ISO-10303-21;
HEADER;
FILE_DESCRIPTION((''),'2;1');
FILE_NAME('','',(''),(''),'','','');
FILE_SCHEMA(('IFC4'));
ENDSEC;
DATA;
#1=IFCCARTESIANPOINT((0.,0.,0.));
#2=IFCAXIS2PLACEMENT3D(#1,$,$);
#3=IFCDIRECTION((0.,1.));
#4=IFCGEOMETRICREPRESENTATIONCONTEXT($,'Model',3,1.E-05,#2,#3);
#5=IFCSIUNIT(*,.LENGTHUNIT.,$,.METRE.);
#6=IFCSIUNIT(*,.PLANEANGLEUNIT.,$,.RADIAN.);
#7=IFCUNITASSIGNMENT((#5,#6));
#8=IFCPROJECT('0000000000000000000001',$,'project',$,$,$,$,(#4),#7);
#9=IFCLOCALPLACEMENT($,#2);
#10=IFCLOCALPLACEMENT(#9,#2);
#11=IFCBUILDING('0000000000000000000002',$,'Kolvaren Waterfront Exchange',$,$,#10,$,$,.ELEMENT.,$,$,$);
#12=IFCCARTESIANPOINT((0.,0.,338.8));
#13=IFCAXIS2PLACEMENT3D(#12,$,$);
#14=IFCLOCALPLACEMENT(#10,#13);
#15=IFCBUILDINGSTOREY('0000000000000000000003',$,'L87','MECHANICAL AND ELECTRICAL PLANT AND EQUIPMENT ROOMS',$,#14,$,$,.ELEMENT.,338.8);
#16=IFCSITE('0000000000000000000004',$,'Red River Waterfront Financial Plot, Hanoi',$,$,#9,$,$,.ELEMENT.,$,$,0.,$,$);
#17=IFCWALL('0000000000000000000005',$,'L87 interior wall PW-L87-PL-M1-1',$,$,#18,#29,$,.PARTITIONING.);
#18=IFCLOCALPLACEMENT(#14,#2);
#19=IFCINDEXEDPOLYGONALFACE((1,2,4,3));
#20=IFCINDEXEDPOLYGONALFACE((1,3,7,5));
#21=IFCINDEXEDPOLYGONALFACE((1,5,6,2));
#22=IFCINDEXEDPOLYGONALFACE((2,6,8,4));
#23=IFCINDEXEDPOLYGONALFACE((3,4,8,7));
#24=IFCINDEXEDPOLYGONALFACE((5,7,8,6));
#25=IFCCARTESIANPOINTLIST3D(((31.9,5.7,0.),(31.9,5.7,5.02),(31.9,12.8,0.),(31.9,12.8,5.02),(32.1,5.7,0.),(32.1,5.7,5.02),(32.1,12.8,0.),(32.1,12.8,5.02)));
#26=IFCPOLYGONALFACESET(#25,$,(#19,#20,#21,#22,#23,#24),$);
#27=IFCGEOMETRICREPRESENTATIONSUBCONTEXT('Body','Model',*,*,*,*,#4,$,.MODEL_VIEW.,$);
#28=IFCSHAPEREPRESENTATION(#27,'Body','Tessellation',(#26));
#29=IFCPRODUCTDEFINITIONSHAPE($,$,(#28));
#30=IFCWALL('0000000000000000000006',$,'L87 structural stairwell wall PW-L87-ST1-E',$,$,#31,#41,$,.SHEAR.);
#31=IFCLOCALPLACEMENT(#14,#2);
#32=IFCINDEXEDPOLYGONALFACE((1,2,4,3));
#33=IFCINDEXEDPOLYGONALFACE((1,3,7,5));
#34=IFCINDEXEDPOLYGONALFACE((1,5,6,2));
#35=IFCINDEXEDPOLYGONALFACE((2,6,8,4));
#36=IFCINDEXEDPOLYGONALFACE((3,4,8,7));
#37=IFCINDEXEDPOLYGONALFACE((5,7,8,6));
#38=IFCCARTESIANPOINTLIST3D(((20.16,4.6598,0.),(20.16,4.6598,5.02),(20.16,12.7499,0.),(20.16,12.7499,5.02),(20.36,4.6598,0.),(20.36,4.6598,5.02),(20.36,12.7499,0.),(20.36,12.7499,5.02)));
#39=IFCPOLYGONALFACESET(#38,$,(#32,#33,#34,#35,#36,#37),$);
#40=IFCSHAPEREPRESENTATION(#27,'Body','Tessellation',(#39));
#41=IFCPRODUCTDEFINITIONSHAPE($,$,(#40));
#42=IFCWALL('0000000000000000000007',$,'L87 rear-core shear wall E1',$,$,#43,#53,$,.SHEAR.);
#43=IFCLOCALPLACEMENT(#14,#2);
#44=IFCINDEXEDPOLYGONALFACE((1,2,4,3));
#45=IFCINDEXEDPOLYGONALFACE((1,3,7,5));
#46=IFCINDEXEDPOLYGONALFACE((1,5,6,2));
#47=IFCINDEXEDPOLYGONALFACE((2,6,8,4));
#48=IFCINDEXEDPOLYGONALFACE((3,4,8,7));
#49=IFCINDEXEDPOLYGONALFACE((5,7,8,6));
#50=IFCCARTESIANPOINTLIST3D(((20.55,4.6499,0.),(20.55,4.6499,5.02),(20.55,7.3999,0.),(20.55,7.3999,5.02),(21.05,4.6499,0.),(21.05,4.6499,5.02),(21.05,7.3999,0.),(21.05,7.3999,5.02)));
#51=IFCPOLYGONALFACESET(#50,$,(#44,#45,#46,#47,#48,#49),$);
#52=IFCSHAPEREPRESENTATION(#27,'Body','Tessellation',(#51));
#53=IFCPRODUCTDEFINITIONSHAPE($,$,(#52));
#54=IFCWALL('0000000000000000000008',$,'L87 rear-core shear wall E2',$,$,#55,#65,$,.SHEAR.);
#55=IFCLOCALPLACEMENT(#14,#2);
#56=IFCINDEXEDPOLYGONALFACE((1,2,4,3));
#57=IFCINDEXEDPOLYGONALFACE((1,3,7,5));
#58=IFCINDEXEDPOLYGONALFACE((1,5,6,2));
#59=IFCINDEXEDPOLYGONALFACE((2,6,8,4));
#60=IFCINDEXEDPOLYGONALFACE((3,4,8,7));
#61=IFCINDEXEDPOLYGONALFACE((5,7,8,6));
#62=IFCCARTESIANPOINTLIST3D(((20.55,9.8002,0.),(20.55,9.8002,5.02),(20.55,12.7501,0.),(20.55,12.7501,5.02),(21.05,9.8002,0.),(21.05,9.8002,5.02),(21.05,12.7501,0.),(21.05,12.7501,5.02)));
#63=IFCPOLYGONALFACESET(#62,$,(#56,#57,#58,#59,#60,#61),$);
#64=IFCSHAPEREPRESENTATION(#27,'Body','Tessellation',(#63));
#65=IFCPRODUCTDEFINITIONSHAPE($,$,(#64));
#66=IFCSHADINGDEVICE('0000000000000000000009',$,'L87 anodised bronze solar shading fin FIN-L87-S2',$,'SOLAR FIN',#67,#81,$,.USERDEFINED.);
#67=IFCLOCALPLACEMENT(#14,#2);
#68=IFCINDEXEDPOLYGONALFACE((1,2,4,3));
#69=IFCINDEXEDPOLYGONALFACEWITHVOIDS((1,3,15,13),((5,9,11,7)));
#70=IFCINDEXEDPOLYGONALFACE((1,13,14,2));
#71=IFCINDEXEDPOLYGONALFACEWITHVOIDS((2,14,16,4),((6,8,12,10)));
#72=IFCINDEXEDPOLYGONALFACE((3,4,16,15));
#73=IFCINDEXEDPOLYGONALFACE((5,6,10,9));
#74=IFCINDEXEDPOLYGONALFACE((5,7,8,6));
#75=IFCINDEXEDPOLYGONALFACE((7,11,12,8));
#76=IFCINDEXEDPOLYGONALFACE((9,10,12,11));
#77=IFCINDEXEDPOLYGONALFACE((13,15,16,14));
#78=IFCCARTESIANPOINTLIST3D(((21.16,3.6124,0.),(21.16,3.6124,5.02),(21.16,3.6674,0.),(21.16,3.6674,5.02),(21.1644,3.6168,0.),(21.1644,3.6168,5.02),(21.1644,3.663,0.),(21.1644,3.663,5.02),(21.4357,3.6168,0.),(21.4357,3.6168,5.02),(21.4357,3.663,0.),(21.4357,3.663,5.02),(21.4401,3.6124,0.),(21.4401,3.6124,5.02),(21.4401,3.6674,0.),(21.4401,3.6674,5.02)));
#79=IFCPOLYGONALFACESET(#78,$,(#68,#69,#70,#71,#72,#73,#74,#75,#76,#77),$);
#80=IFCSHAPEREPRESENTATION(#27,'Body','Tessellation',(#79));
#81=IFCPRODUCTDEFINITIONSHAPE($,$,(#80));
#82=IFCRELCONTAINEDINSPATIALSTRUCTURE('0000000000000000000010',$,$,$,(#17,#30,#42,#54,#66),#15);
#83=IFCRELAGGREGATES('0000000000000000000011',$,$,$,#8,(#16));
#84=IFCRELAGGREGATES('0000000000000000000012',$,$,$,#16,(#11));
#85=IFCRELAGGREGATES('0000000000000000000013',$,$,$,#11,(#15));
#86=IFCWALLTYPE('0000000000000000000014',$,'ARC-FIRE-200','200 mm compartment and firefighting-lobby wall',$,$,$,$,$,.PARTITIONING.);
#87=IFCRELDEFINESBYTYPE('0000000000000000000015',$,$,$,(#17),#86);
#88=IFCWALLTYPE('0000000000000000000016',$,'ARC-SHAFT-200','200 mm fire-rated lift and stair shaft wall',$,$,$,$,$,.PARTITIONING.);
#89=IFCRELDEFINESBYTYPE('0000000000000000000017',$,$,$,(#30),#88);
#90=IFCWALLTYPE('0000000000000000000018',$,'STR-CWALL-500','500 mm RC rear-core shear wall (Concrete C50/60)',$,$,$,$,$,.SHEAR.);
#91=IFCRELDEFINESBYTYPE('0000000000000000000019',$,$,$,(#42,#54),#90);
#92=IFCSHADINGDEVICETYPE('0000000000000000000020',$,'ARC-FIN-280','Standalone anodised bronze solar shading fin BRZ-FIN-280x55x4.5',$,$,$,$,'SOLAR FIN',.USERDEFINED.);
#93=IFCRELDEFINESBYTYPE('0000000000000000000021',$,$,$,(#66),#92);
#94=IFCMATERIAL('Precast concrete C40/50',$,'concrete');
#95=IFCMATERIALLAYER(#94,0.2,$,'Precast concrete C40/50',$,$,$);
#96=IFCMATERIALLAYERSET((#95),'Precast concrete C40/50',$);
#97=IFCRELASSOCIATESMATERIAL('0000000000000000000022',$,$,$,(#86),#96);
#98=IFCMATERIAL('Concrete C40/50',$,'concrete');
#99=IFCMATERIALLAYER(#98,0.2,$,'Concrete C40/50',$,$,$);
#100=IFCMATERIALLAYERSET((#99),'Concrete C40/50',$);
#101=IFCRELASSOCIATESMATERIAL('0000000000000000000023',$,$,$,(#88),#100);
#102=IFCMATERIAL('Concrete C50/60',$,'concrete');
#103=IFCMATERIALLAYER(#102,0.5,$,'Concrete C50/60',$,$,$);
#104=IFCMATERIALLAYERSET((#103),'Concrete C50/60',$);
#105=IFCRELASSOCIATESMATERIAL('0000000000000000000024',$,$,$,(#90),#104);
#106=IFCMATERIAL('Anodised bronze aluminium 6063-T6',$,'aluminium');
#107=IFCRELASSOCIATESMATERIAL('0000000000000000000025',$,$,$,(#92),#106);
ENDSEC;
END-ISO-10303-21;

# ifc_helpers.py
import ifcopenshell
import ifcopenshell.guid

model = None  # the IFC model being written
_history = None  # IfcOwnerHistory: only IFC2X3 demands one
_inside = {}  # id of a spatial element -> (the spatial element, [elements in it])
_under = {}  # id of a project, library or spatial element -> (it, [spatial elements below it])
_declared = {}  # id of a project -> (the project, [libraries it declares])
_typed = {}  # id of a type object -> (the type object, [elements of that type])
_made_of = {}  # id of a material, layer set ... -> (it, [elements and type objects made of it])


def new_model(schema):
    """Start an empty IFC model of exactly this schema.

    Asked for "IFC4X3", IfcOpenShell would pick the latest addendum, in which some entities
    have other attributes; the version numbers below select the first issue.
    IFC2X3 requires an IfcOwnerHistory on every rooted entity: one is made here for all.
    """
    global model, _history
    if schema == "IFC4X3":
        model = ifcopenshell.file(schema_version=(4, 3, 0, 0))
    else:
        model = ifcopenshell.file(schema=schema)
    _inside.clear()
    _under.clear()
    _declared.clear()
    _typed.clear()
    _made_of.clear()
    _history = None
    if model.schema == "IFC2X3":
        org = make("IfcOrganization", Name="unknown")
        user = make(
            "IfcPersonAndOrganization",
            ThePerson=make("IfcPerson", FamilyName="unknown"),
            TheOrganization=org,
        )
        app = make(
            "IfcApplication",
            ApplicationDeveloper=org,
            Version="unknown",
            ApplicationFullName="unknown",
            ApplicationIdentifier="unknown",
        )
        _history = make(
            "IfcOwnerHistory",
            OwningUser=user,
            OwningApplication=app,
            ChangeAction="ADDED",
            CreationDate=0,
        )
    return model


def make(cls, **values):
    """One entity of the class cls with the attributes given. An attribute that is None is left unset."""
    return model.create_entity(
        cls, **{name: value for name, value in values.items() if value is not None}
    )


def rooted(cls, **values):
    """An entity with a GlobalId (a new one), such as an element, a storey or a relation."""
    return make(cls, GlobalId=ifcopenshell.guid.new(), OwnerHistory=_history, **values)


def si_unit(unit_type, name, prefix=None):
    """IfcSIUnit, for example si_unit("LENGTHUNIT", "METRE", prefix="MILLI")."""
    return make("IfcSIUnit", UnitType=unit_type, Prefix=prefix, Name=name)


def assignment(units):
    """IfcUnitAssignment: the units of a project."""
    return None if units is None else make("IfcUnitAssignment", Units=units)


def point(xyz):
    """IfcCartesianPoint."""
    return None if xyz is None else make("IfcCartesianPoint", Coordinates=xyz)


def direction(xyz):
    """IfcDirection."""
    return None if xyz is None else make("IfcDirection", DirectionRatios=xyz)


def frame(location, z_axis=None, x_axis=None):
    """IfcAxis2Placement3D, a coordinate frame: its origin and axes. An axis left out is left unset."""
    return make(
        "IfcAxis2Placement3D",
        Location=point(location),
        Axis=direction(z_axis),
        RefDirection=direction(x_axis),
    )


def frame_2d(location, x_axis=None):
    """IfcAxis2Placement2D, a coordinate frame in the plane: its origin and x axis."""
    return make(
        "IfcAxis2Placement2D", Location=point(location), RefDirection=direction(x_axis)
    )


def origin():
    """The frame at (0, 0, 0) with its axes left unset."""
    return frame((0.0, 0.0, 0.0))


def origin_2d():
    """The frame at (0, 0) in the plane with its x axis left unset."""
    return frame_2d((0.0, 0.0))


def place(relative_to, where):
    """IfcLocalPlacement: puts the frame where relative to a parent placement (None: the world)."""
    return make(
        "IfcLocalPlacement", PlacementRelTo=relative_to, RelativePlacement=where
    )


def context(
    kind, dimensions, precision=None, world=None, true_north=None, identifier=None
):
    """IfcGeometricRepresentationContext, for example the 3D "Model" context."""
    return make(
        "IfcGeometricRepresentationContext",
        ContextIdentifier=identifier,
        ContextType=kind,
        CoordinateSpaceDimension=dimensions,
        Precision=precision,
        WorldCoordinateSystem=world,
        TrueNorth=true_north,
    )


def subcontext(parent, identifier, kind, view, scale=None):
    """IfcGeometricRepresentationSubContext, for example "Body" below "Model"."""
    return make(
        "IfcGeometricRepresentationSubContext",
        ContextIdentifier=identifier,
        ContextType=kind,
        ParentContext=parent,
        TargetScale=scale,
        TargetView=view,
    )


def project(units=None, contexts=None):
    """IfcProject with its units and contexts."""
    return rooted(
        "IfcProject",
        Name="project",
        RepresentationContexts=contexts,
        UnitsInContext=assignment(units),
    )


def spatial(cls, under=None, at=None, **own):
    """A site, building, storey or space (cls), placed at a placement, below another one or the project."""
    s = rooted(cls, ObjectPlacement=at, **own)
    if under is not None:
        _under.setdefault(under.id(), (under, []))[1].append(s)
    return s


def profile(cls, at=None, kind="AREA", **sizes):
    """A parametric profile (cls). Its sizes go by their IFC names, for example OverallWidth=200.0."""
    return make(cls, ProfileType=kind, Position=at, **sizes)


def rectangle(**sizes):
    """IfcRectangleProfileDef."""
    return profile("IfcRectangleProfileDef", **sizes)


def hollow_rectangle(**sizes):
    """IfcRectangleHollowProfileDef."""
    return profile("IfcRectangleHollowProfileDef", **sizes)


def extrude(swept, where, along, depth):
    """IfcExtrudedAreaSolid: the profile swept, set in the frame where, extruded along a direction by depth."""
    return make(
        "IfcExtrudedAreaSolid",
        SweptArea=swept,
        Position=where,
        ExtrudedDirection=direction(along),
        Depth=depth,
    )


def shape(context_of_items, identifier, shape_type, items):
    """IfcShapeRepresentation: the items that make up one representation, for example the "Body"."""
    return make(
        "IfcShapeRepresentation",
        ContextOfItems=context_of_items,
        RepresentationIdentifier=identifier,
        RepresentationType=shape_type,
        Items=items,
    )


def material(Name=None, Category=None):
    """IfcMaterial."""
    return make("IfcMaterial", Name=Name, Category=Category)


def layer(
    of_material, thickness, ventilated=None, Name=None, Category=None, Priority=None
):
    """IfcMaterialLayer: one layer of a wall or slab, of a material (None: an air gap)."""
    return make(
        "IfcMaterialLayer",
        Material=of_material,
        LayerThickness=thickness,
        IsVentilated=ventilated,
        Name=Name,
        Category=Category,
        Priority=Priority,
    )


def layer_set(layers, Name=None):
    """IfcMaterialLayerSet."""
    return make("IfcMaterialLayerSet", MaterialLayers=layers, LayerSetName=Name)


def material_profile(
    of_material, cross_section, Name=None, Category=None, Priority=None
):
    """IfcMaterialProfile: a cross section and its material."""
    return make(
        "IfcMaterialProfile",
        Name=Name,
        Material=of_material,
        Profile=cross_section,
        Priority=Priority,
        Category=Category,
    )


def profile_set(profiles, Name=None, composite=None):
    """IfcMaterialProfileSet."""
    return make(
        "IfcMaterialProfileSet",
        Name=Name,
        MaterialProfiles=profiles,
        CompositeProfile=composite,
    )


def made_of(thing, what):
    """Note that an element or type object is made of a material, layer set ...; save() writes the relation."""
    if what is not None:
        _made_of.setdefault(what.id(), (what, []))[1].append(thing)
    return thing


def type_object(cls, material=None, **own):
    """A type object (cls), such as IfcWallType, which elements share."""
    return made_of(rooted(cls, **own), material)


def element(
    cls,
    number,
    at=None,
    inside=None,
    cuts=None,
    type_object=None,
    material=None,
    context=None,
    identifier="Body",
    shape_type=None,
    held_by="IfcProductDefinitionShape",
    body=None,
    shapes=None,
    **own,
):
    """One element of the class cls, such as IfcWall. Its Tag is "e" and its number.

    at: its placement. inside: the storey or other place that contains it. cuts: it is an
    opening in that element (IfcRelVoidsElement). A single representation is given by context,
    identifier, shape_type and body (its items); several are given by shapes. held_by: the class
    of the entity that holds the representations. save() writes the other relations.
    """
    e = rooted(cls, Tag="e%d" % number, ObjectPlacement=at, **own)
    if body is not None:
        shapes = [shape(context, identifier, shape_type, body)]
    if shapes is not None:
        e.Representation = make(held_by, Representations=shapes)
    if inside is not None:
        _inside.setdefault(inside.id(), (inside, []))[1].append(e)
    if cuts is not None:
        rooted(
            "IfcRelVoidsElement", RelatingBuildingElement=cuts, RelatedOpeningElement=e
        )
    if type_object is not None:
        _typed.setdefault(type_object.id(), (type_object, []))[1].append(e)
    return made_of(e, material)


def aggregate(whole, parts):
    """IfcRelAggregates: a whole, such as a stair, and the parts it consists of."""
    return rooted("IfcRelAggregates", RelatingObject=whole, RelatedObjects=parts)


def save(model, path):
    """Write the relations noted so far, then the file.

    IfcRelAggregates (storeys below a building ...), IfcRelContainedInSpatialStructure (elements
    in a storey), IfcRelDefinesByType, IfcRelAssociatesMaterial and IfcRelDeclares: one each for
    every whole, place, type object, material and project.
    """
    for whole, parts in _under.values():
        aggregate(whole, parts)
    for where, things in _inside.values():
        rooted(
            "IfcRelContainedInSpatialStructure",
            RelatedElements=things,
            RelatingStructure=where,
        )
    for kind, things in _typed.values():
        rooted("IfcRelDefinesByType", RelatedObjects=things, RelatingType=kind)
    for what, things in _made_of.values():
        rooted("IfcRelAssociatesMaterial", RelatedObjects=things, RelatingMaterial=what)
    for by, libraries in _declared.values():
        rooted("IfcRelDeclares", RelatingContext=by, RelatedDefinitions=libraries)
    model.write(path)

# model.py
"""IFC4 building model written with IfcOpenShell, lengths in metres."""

from ifc_helpers import new_model, si_unit, direction, frame, frame_2d, origin, origin_2d, place, context, subcontext, project, spatial, rectangle, hollow_rectangle, extrude, material, layer, layer_set, material_profile, profile_set, type_object, element, save


model = new_model("IFC4")

# Units and contexts
model_context = context("Model", 3, precision=1e-05, world=origin(), true_north=direction((0.0, 1.0)))
body_context = subcontext(model_context, "Body", "Model", "MODEL_VIEW")
ifc_project = project(units=[si_unit("LENGTHUNIT", "METRE"), si_unit("PLANEANGLEUNIT", "RADIAN")], contexts=[model_context])

# Site, building, storey
site_placement = place(None, origin())
site = spatial("IfcSite", under=ifc_project, at=site_placement, Name="Red River Waterfront Financial Plot, Hanoi", CompositionType="ELEMENT", RefElevation=0.0)
building_placement = place(site_placement, origin())
building = spatial("IfcBuilding", under=site, at=building_placement, Name="Kolvaren Waterfront Exchange", CompositionType="ELEMENT")
storey_placement = place(building_placement, frame((0.0, 0.0, 338.8)))
storey = spatial("IfcBuildingStorey", under=building, at=storey_placement, Name="L87", Description="MECHANICAL AND ELECTRICAL PLANT AND EQUIPMENT ROOMS", CompositionType="ELEMENT", Elevation=338.8)

# Shared definitions
ifc_material_1 = material(Name="Concrete C50/60", Category="concrete")

# Shared definitions
ifc_material_2 = material(Name="Anodised bronze aluminium 6063-T6", Category="aluminium")

# Walls
ifc_material_3 = material(Name="Precast concrete C40/50", Category="concrete")
ifc_layer_1 = layer(ifc_material_3, 0.2, Name="Precast concrete C40/50")
ifc_layer_set_1 = layer_set([ifc_layer_1], Name="Precast concrete C40/50")
wall_type_1 = type_object("IfcWallType", Name="ARC-FIRE-200", Description="200 mm compartment and firefighting-lobby wall", PredefinedType="PARTITIONING", material=ifc_layer_set_1)
wall_1_placement = place(storey_placement, frame((32.0, 5.7, 0.0), z_axis=(0.0, 0.0, 1.0), x_axis=(0.0, 1.0, 0.0)))
element("IfcWall", 1, at=wall_1_placement, inside=storey, type_object=wall_type_1, Name="L87 interior wall PW-L87-PL-M1-1", PredefinedType="PARTITIONING", context=body_context, shape_type="SweptSolid", body=[
    extrude(rectangle(XDim=7.1001, YDim=0.2, at=frame_2d((3.55, 0.0))), origin(), (0.0, 0.0, 1.0), 5.02),
])
ifc_material_4 = material(Name="Concrete C40/50", Category="concrete")
ifc_layer_2 = layer(ifc_material_4, 0.2, Name="Concrete C40/50")
ifc_layer_set_2 = layer_set([ifc_layer_2], Name="Concrete C40/50")
wall_type_2 = type_object("IfcWallType", Name="ARC-SHAFT-200", Description="200 mm fire-rated lift and stair shaft wall", PredefinedType="PARTITIONING", material=ifc_layer_set_2)
wall_2_placement = place(storey_placement, frame((20.26, 4.6599, 0.0), z_axis=(0.0, 0.0, 1.0), x_axis=(0.0, 1.0, 0.0)))
element("IfcWall", 2, at=wall_2_placement, inside=storey, type_object=wall_type_2, Name="L87 structural stairwell wall PW-L87-ST1-E", PredefinedType="SHEAR", context=body_context, shape_type="SweptSolid", body=[
    extrude(rectangle(XDim=8.0901, YDim=0.2, at=frame_2d((4.0449, 0.0))), origin(), (0.0, 0.0, 1.0), 5.02),
])
ifc_layer_3 = layer(ifc_material_1, 0.5, Name="Concrete C50/60")
ifc_layer_set_3 = layer_set([ifc_layer_3], Name="Concrete C50/60")
wall_type_3 = type_object("IfcWallType", Name="STR-CWALL-500", Description="500 mm RC rear-core shear wall (Concrete C50/60)", PredefinedType="SHEAR", material=ifc_layer_set_3)
wall_3_placement = place(storey_placement, frame((20.8, 4.6499, 0.0), z_axis=(0.0, 0.0, 1.0), x_axis=(0.0, 1.0, 0.0)))
element("IfcWall", 3, at=wall_3_placement, inside=storey, type_object=wall_type_3, Name="L87 rear-core shear wall E1", PredefinedType="SHEAR", context=body_context, shape_type="SweptSolid", body=[
    extrude(rectangle(XDim=2.75, YDim=0.5, at=frame_2d((1.375, 0.0))), origin(), (0.0, 0.0, 1.0), 5.02),
])
wall_4_placement = place(storey_placement, frame((20.8, 9.8, 0.0), z_axis=(0.0, 0.0, 1.0), x_axis=(0.0, 1.0, 0.0)))
element("IfcWall", 4, at=wall_4_placement, inside=storey, type_object=wall_type_3, Name="L87 rear-core shear wall E2", PredefinedType="SHEAR", context=body_context, shape_type="SweptSolid", body=[
    extrude(rectangle(XDim=2.95, YDim=0.5, at=frame_2d((1.4751, 0.0))), origin(), (0.0, 0.0, 1.0), 5.02),
])

# Shading device
ifc_material_profile_1 = material_profile(ifc_material_2, hollow_rectangle(XDim=0.0549, YDim=0.28, WallThickness=0.0044, at=origin_2d()), Name="BRZ-FIN-280x55x4.5")
ifc_profile_set_1 = profile_set([ifc_material_profile_1], Name="Anodised bronze aluminium 6063-T6")
shading_device_type_1 = type_object("IfcShadingDeviceType", Name="ARC-FIN-280", Description="Standalone anodised bronze solar shading fin BRZ-FIN-280x55x4.5", ElementType="SOLAR FIN", PredefinedType="USERDEFINED", material=ifc_profile_set_1)
shading_device_1_placement = place(storey_placement, frame((21.3, 3.6399, 0.0), z_axis=(0.0, 0.0, 1.0), x_axis=(0.0, -1.0, 0.0)))
element("IfcShadingDevice", 5, at=shading_device_1_placement, inside=storey, type_object=shading_device_type_1, Name="L87 anodised bronze solar shading fin FIN-L87-S2", ObjectType="SOLAR FIN", PredefinedType="USERDEFINED", context=body_context, shape_type="SweptSolid", body=[
    extrude(hollow_rectangle(XDim=0.0549, YDim=0.28, WallThickness=0.0044, at=origin_2d()), origin(), (0.0, 0.0, 1.0), 5.02),
])

save(model, "model.ifc")
